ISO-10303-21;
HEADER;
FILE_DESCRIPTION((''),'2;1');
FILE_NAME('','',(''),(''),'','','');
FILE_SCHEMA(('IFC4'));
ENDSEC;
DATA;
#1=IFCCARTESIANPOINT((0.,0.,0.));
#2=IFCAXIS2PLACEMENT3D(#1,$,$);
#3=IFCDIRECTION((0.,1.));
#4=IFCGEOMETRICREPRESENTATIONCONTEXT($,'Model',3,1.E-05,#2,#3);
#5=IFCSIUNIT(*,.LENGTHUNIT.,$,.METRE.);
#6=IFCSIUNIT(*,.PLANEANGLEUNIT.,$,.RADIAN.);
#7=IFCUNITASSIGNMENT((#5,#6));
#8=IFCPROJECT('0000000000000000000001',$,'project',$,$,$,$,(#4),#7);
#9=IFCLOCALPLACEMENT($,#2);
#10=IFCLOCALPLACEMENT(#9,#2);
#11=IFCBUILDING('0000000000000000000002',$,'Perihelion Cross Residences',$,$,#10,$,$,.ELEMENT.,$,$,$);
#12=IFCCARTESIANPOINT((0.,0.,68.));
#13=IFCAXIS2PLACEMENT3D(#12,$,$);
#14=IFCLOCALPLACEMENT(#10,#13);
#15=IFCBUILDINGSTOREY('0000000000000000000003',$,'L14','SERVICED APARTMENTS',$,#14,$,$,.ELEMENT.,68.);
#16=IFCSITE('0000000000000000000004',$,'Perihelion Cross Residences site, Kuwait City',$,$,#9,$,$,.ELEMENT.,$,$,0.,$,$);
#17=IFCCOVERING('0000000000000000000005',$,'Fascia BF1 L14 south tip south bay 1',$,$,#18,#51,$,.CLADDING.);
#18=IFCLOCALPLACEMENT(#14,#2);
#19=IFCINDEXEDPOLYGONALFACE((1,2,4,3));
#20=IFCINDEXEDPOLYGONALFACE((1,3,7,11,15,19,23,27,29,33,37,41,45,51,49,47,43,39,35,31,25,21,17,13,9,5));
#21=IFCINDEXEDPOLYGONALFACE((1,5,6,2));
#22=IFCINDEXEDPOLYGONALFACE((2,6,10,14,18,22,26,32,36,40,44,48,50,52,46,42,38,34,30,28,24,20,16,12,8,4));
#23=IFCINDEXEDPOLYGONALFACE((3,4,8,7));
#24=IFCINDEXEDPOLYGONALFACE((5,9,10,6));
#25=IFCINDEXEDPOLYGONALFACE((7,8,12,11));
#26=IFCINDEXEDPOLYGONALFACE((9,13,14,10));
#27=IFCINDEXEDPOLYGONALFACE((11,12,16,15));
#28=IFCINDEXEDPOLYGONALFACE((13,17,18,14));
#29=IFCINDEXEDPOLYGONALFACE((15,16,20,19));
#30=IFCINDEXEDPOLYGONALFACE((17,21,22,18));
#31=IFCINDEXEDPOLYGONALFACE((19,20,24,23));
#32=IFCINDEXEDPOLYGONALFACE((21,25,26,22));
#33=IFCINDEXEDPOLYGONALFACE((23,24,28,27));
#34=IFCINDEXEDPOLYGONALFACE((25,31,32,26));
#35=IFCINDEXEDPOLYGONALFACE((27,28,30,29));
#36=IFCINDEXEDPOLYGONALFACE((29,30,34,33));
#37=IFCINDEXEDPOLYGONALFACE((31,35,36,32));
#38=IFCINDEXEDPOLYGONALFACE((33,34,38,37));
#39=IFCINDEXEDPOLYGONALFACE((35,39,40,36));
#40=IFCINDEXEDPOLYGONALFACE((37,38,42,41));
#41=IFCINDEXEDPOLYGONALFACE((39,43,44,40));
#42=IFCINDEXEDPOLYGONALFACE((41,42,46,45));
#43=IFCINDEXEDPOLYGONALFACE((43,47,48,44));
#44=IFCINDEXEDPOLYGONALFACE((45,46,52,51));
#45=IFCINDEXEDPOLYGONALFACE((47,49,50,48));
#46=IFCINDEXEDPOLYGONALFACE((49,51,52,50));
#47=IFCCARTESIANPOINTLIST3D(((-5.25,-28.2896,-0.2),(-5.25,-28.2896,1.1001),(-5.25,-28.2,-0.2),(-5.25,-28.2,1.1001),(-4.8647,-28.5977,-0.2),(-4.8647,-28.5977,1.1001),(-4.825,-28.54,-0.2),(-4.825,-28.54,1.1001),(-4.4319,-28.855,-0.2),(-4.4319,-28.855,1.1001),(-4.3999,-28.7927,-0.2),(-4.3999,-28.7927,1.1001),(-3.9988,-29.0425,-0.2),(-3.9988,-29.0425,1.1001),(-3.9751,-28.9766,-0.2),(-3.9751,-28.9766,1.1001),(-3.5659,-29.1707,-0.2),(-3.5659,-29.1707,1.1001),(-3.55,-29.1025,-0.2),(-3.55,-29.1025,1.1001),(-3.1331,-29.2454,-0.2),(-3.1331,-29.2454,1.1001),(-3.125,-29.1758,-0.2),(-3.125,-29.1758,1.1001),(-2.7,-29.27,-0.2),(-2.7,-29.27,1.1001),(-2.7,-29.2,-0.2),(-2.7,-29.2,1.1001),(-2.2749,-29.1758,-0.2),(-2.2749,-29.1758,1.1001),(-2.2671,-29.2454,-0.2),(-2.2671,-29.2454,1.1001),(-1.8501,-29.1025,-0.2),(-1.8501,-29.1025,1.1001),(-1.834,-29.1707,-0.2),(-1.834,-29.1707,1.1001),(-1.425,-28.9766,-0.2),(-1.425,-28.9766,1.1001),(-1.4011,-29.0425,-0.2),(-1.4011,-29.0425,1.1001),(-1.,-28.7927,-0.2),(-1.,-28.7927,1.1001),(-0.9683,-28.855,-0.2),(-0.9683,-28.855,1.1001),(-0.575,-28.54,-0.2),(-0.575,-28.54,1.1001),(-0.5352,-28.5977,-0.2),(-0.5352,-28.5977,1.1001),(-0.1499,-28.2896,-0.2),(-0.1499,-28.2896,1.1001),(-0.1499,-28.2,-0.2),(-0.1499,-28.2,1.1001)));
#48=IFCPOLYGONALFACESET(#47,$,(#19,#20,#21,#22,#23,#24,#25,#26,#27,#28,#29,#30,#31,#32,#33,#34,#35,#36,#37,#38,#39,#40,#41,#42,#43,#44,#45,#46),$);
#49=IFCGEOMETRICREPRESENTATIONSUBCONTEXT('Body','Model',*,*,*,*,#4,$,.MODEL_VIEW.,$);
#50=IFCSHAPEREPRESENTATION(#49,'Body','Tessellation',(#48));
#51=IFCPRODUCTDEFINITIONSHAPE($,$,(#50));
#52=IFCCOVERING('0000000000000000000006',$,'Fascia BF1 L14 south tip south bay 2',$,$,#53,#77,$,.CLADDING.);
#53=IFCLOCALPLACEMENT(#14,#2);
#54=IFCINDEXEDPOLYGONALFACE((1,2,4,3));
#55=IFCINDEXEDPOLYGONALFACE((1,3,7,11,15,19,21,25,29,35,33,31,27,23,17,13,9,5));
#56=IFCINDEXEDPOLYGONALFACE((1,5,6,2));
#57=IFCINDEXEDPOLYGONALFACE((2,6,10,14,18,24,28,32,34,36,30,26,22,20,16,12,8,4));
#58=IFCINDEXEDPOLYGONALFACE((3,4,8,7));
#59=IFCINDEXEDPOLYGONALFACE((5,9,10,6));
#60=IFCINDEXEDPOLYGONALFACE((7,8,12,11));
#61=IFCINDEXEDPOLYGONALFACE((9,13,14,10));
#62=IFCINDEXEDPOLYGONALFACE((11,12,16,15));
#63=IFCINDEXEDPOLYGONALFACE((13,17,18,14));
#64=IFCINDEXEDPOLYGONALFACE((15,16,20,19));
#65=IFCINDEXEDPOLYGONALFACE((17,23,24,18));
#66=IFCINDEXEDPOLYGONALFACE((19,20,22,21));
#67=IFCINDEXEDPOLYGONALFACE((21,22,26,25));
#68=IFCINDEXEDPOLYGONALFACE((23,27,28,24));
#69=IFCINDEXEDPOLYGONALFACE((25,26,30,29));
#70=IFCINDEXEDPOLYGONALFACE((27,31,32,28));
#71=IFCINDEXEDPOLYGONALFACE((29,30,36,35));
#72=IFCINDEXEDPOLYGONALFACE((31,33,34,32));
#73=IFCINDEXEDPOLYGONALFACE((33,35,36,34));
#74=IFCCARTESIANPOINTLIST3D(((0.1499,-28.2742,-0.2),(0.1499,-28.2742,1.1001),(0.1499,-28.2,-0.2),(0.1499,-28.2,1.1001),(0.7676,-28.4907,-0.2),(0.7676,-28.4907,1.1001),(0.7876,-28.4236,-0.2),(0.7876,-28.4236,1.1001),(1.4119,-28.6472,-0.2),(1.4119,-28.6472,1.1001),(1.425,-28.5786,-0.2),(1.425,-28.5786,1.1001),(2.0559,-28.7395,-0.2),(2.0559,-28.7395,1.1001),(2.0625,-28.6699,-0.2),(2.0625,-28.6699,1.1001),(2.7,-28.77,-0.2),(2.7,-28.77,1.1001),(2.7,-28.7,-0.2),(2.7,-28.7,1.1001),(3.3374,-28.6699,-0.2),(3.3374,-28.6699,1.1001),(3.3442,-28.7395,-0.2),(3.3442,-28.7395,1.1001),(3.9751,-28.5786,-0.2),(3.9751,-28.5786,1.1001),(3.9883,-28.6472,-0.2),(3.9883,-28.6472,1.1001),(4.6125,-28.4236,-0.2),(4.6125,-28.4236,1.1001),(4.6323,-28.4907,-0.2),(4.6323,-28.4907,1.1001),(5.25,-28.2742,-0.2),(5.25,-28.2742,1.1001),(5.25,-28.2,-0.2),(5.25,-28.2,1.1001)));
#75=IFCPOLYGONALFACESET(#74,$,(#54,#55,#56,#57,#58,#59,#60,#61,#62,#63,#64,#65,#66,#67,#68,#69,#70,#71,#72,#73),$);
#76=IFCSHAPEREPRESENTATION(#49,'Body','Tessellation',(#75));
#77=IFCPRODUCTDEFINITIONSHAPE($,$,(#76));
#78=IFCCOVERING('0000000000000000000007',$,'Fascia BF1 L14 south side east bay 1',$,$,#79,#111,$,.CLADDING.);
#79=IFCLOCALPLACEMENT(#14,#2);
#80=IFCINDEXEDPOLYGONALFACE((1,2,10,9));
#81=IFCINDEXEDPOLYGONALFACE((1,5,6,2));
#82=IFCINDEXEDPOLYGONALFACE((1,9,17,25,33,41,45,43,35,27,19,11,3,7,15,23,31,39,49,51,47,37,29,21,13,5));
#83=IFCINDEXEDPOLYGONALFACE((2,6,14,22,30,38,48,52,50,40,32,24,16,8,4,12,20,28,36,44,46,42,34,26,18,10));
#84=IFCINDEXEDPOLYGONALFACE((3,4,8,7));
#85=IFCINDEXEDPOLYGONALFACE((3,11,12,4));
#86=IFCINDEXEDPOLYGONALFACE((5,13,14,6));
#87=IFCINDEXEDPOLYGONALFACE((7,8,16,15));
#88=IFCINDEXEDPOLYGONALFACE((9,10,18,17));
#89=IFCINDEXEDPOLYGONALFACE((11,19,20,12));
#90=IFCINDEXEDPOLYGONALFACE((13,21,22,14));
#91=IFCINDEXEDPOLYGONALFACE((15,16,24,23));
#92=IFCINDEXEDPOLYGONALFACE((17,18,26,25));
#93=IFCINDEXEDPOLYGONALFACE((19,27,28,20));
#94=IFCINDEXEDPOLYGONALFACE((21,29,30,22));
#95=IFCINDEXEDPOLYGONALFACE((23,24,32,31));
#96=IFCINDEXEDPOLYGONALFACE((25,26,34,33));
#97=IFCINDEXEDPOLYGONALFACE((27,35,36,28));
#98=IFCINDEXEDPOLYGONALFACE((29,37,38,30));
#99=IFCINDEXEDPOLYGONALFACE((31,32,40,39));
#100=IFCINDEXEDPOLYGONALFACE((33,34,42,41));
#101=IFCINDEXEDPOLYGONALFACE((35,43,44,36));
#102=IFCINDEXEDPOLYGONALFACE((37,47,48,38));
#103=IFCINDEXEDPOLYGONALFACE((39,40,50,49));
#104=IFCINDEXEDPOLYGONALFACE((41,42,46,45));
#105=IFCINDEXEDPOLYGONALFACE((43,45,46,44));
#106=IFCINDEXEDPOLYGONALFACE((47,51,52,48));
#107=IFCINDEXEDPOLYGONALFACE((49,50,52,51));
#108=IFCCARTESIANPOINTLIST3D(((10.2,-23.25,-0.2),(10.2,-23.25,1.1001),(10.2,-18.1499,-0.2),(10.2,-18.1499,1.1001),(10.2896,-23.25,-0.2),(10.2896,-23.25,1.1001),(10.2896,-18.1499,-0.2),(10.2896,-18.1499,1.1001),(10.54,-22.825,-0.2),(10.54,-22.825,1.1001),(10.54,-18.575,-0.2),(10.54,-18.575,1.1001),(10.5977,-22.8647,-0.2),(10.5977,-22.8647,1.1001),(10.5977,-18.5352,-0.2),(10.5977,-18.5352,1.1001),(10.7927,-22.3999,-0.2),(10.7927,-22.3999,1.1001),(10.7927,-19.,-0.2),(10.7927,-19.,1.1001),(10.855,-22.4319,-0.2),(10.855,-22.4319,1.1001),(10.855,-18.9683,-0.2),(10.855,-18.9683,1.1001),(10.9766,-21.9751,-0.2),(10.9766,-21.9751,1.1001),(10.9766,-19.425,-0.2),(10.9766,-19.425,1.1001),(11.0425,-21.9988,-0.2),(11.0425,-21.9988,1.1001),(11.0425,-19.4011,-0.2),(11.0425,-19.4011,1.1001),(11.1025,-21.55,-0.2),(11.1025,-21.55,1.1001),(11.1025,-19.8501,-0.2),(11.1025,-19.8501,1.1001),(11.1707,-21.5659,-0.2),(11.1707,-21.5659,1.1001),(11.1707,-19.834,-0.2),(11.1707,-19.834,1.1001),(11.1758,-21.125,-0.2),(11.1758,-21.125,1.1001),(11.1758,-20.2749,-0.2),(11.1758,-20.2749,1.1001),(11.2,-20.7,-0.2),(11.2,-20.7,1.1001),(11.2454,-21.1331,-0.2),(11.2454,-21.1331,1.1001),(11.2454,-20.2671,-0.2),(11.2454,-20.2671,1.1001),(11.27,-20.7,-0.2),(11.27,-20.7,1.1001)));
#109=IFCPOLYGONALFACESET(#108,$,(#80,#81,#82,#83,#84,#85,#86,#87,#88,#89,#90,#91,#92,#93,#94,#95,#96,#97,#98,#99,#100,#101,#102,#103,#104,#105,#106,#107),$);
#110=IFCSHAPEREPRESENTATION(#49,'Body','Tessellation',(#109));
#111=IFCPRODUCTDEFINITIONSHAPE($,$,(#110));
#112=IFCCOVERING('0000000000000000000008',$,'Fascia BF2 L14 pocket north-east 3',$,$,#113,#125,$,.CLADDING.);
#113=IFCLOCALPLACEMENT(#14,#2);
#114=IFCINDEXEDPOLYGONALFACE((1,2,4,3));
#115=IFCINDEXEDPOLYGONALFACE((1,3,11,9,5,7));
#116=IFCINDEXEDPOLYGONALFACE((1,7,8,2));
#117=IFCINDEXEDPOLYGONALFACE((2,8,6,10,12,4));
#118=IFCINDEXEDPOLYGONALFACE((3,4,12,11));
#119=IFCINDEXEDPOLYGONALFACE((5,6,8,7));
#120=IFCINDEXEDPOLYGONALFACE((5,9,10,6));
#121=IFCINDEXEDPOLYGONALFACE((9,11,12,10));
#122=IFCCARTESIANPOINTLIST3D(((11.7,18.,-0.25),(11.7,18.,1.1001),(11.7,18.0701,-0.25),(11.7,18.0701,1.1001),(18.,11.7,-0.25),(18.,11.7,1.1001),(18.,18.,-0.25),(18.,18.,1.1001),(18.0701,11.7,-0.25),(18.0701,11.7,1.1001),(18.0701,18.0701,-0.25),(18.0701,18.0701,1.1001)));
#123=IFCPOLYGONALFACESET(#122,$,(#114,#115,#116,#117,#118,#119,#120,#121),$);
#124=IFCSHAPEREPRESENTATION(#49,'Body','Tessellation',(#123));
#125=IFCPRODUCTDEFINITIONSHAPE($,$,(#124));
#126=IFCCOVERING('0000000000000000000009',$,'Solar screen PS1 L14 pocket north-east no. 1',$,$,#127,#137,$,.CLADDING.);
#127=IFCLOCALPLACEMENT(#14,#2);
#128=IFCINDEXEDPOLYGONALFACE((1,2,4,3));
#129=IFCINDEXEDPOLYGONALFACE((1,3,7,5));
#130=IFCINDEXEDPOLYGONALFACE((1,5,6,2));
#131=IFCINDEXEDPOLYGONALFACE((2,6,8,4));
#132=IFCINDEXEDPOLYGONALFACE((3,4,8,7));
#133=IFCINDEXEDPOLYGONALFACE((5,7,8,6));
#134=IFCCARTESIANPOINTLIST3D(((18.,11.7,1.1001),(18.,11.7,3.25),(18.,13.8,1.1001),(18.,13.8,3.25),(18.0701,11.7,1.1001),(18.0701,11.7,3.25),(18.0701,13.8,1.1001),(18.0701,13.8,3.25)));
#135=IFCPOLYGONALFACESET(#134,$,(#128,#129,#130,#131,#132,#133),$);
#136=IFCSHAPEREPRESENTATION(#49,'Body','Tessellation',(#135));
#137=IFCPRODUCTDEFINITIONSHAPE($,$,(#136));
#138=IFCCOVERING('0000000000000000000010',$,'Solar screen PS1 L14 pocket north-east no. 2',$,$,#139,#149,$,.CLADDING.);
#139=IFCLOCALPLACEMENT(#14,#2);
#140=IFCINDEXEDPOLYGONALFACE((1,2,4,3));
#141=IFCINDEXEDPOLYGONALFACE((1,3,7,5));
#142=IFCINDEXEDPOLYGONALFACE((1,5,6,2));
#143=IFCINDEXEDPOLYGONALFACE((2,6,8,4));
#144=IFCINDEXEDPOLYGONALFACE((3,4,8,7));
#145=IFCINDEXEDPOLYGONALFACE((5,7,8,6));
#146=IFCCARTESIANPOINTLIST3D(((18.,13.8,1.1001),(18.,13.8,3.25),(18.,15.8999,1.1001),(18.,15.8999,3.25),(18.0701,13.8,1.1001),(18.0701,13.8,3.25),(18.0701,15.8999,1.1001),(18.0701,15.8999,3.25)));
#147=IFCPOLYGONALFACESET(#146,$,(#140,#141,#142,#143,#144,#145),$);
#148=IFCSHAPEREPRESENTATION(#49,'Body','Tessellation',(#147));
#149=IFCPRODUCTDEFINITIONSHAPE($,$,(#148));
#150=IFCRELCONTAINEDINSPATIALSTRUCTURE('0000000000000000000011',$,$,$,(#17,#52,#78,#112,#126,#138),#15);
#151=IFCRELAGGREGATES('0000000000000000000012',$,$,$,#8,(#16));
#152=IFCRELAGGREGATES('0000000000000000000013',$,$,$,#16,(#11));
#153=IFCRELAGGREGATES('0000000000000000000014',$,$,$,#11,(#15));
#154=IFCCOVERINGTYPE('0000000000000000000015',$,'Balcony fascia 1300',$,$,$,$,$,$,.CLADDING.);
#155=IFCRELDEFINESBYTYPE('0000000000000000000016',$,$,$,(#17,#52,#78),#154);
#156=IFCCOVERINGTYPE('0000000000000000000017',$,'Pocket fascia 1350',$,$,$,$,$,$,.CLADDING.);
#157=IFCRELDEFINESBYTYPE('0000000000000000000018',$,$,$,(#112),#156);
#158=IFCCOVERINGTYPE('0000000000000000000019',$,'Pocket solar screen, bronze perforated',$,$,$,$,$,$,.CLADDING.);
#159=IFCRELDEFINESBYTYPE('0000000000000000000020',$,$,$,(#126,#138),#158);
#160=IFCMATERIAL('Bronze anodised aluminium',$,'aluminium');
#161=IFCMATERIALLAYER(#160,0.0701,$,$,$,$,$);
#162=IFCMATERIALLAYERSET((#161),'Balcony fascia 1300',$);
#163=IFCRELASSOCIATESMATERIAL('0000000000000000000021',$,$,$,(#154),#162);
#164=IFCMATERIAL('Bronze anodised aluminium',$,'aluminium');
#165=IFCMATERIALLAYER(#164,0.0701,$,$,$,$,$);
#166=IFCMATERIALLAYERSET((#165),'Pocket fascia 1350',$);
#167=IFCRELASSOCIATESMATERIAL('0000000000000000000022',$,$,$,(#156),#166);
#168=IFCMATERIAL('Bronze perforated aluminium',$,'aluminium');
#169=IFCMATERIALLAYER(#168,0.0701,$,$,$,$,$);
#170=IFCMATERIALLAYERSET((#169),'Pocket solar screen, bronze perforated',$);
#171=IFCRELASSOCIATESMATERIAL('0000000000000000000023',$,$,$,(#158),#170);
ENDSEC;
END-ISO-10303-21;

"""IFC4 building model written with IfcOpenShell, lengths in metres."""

from ifc_helpers import new_model, si_unit, direction, frame, origin, place, context, subcontext, project, spatial, polyline, outline, extrude, material, layer, layer_set, type_object, element, save


model = new_model("IFC4")

# Units and contexts
model_context = context("Model", 3, precision=1e-05, world=origin(), true_north=direction((0.0, 1.0)))
body_context = subcontext(model_context, "Body", "Model", "MODEL_VIEW")
ifc_project = project(units=[si_unit("LENGTHUNIT", "METRE"), si_unit("PLANEANGLEUNIT", "RADIAN")], contexts=[model_context])

# Site, building, storey
site_placement = place(None, origin())
site = spatial("IfcSite", under=ifc_project, at=site_placement, Name="Perihelion Cross Residences site, Kuwait City", CompositionType="ELEMENT", RefElevation=0.0)
building_placement = place(site_placement, origin())
building = spatial("IfcBuilding", under=site, at=building_placement, Name="Perihelion Cross Residences", CompositionType="ELEMENT")
storey_placement = place(building_placement, frame((0.0, 0.0, 68.0)))
storey = spatial("IfcBuildingStorey", under=building, at=storey_placement, Name="L14", Description="SERVICED APARTMENTS", CompositionType="ELEMENT", Elevation=68.0)

# Coverings
ifc_material_1 = material(Name="Bronze anodised aluminium", Category="aluminium")
ifc_layer_1 = layer(ifc_material_1, 0.0701)
ifc_layer_set_1 = layer_set([ifc_layer_1], Name="Balcony fascia 1300")
covering_type_1 = type_object("IfcCoveringType", Name="Balcony fascia 1300", PredefinedType="CLADDING", material=ifc_layer_set_1)
covering_1_placement = place(storey_placement, frame((0.0, 0.0, -0.2)))
element("IfcCovering", 1, at=covering_1_placement, inside=storey, type_object=covering_type_1, Name="Fascia BF1 L14 south tip south bay 1", PredefinedType="CLADDING", context=body_context, shape_type="SweptSolid", body=[
    extrude(outline(polyline([(-4.8647, -28.5977), (-4.4319, -28.855), (-3.9988, -29.0425), (-3.5659, -29.1707), (-3.1331, -29.2454), (-2.7, -29.27), (-2.2671, -29.2454), (-1.834, -29.1707), (-1.4011, -29.0425), (-0.9683, -28.855), (-0.5352, -28.5977), (-0.1499, -28.2896), (-0.1499, -28.2), (-0.575, -28.54), (-1.0, -28.7927), (-1.425, -28.9766), (-1.8501, -29.1025), (-2.2749, -29.1758), (-2.7, -29.2), (-3.125, -29.1758), (-3.55, -29.1025), (-3.9751, -28.9766), (-4.3999, -28.7927), (-4.825, -28.54), (-5.25, -28.2), (-5.25, -28.2896), (-4.8647, -28.5977)])), origin(), (0.0, 0.0, 1.0), 1.3),
])
covering_2_placement = place(storey_placement, frame((0.0, 0.0, -0.2)))
element("IfcCovering", 2, at=covering_2_placement, inside=storey, type_object=covering_type_1, Name="Fascia BF1 L14 south tip south bay 2", PredefinedType="CLADDING", context=body_context, shape_type="SweptSolid", body=[
    extrude(outline(polyline([(0.7676, -28.4907), (1.4119, -28.6472), (2.0559, -28.7395), (2.7, -28.77), (3.3442, -28.7395), (3.9883, -28.6472), (4.6323, -28.4907), (5.25, -28.2742), (5.25, -28.2), (4.6125, -28.4236), (3.9751, -28.5786), (3.3374, -28.6699), (2.7, -28.7), (2.0625, -28.6699), (1.425, -28.5786), (0.7876, -28.4236), (0.1499, -28.2), (0.1499, -28.2742), (0.7676, -28.4907)])), origin(), (0.0, 0.0, 1.0), 1.3),
])
covering_3_placement = place(storey_placement, frame((0.0, 0.0, -0.2)))
element("IfcCovering", 3, at=covering_3_placement, inside=storey, type_object=covering_type_1, Name="Fascia BF1 L14 south side east bay 1", PredefinedType="CLADDING", context=body_context, shape_type="SweptSolid", body=[
    extrude(outline(polyline([(10.5977, -22.8647), (10.855, -22.4319), (11.0425, -21.9988), (11.1707, -21.5659), (11.2454, -21.1331), (11.27, -20.7), (11.2454, -20.2671), (11.1707, -19.834), (11.0425, -19.4011), (10.855, -18.9683), (10.5977, -18.5352), (10.2896, -18.1499), (10.2, -18.1499), (10.54, -18.575), (10.7927, -19.0), (10.9766, -19.425), (11.1025, -19.8501), (11.1758, -20.2749), (11.2, -20.7), (11.1758, -21.125), (11.1025, -21.55), (10.9766, -21.9751), (10.7927, -22.3999), (10.54, -22.825), (10.2, -23.25), (10.2896, -23.25), (10.5977, -22.8647)])), origin(), (0.0, 0.0, 1.0), 1.3),
])
ifc_material_2 = material(Name="Bronze anodised aluminium", Category="aluminium")
ifc_layer_2 = layer(ifc_material_2, 0.0701)
ifc_layer_set_2 = layer_set([ifc_layer_2], Name="Pocket fascia 1350")
covering_type_2 = type_object("IfcCoveringType", Name="Pocket fascia 1350", PredefinedType="CLADDING", material=ifc_layer_set_2)
covering_4_placement = place(storey_placement, frame((0.0, 0.0, -0.25)))
element("IfcCovering", 4, at=covering_4_placement, inside=storey, type_object=covering_type_2, Name="Fascia BF2 L14 pocket north-east 3", PredefinedType="CLADDING", context=body_context, shape_type="SweptSolid", body=[
    extrude(outline(polyline([(18.0701, 18.0701), (11.7, 18.0701), (11.7, 18.0), (18.0, 18.0), (18.0, 11.7), (18.0701, 11.7), (18.0701, 18.0701)])), origin(), (0.0, 0.0, 1.0), 1.3501),
])
ifc_material_3 = material(Name="Bronze perforated aluminium", Category="aluminium")
ifc_layer_3 = layer(ifc_material_3, 0.0701)
ifc_layer_set_3 = layer_set([ifc_layer_3], Name="Pocket solar screen, bronze perforated")
covering_type_3 = type_object("IfcCoveringType", Name="Pocket solar screen, bronze perforated", PredefinedType="CLADDING", material=ifc_layer_set_3)
covering_5_placement = place(storey_placement, frame((0.0, 0.0, 1.1001)))
element("IfcCovering", 5, at=covering_5_placement, inside=storey, type_object=covering_type_3, Name="Solar screen PS1 L14 pocket north-east no. 1", PredefinedType="CLADDING", context=body_context, shape_type="SweptSolid", body=[
    extrude(outline(polyline([(18.0701, 11.7), (18.0701, 13.8), (18.0, 13.8), (18.0, 11.7), (18.0701, 11.7)])), origin(), (0.0, 0.0, 1.0), 2.1499),
])
covering_6_placement = place(storey_placement, frame((0.0, 0.0, 1.1001)))
element("IfcCovering", 6, at=covering_6_placement, inside=storey, type_object=covering_type_3, Name="Solar screen PS1 L14 pocket north-east no. 2", PredefinedType="CLADDING", context=body_context, shape_type="SweptSolid", body=[
    extrude(outline(polyline([(18.0701, 13.8), (18.0701, 15.8999), (18.0, 15.8999), (18.0, 13.8), (18.0701, 13.8)])), origin(), (0.0, 0.0, 1.0), 2.1499),
])

save(model, "model.ifc")
